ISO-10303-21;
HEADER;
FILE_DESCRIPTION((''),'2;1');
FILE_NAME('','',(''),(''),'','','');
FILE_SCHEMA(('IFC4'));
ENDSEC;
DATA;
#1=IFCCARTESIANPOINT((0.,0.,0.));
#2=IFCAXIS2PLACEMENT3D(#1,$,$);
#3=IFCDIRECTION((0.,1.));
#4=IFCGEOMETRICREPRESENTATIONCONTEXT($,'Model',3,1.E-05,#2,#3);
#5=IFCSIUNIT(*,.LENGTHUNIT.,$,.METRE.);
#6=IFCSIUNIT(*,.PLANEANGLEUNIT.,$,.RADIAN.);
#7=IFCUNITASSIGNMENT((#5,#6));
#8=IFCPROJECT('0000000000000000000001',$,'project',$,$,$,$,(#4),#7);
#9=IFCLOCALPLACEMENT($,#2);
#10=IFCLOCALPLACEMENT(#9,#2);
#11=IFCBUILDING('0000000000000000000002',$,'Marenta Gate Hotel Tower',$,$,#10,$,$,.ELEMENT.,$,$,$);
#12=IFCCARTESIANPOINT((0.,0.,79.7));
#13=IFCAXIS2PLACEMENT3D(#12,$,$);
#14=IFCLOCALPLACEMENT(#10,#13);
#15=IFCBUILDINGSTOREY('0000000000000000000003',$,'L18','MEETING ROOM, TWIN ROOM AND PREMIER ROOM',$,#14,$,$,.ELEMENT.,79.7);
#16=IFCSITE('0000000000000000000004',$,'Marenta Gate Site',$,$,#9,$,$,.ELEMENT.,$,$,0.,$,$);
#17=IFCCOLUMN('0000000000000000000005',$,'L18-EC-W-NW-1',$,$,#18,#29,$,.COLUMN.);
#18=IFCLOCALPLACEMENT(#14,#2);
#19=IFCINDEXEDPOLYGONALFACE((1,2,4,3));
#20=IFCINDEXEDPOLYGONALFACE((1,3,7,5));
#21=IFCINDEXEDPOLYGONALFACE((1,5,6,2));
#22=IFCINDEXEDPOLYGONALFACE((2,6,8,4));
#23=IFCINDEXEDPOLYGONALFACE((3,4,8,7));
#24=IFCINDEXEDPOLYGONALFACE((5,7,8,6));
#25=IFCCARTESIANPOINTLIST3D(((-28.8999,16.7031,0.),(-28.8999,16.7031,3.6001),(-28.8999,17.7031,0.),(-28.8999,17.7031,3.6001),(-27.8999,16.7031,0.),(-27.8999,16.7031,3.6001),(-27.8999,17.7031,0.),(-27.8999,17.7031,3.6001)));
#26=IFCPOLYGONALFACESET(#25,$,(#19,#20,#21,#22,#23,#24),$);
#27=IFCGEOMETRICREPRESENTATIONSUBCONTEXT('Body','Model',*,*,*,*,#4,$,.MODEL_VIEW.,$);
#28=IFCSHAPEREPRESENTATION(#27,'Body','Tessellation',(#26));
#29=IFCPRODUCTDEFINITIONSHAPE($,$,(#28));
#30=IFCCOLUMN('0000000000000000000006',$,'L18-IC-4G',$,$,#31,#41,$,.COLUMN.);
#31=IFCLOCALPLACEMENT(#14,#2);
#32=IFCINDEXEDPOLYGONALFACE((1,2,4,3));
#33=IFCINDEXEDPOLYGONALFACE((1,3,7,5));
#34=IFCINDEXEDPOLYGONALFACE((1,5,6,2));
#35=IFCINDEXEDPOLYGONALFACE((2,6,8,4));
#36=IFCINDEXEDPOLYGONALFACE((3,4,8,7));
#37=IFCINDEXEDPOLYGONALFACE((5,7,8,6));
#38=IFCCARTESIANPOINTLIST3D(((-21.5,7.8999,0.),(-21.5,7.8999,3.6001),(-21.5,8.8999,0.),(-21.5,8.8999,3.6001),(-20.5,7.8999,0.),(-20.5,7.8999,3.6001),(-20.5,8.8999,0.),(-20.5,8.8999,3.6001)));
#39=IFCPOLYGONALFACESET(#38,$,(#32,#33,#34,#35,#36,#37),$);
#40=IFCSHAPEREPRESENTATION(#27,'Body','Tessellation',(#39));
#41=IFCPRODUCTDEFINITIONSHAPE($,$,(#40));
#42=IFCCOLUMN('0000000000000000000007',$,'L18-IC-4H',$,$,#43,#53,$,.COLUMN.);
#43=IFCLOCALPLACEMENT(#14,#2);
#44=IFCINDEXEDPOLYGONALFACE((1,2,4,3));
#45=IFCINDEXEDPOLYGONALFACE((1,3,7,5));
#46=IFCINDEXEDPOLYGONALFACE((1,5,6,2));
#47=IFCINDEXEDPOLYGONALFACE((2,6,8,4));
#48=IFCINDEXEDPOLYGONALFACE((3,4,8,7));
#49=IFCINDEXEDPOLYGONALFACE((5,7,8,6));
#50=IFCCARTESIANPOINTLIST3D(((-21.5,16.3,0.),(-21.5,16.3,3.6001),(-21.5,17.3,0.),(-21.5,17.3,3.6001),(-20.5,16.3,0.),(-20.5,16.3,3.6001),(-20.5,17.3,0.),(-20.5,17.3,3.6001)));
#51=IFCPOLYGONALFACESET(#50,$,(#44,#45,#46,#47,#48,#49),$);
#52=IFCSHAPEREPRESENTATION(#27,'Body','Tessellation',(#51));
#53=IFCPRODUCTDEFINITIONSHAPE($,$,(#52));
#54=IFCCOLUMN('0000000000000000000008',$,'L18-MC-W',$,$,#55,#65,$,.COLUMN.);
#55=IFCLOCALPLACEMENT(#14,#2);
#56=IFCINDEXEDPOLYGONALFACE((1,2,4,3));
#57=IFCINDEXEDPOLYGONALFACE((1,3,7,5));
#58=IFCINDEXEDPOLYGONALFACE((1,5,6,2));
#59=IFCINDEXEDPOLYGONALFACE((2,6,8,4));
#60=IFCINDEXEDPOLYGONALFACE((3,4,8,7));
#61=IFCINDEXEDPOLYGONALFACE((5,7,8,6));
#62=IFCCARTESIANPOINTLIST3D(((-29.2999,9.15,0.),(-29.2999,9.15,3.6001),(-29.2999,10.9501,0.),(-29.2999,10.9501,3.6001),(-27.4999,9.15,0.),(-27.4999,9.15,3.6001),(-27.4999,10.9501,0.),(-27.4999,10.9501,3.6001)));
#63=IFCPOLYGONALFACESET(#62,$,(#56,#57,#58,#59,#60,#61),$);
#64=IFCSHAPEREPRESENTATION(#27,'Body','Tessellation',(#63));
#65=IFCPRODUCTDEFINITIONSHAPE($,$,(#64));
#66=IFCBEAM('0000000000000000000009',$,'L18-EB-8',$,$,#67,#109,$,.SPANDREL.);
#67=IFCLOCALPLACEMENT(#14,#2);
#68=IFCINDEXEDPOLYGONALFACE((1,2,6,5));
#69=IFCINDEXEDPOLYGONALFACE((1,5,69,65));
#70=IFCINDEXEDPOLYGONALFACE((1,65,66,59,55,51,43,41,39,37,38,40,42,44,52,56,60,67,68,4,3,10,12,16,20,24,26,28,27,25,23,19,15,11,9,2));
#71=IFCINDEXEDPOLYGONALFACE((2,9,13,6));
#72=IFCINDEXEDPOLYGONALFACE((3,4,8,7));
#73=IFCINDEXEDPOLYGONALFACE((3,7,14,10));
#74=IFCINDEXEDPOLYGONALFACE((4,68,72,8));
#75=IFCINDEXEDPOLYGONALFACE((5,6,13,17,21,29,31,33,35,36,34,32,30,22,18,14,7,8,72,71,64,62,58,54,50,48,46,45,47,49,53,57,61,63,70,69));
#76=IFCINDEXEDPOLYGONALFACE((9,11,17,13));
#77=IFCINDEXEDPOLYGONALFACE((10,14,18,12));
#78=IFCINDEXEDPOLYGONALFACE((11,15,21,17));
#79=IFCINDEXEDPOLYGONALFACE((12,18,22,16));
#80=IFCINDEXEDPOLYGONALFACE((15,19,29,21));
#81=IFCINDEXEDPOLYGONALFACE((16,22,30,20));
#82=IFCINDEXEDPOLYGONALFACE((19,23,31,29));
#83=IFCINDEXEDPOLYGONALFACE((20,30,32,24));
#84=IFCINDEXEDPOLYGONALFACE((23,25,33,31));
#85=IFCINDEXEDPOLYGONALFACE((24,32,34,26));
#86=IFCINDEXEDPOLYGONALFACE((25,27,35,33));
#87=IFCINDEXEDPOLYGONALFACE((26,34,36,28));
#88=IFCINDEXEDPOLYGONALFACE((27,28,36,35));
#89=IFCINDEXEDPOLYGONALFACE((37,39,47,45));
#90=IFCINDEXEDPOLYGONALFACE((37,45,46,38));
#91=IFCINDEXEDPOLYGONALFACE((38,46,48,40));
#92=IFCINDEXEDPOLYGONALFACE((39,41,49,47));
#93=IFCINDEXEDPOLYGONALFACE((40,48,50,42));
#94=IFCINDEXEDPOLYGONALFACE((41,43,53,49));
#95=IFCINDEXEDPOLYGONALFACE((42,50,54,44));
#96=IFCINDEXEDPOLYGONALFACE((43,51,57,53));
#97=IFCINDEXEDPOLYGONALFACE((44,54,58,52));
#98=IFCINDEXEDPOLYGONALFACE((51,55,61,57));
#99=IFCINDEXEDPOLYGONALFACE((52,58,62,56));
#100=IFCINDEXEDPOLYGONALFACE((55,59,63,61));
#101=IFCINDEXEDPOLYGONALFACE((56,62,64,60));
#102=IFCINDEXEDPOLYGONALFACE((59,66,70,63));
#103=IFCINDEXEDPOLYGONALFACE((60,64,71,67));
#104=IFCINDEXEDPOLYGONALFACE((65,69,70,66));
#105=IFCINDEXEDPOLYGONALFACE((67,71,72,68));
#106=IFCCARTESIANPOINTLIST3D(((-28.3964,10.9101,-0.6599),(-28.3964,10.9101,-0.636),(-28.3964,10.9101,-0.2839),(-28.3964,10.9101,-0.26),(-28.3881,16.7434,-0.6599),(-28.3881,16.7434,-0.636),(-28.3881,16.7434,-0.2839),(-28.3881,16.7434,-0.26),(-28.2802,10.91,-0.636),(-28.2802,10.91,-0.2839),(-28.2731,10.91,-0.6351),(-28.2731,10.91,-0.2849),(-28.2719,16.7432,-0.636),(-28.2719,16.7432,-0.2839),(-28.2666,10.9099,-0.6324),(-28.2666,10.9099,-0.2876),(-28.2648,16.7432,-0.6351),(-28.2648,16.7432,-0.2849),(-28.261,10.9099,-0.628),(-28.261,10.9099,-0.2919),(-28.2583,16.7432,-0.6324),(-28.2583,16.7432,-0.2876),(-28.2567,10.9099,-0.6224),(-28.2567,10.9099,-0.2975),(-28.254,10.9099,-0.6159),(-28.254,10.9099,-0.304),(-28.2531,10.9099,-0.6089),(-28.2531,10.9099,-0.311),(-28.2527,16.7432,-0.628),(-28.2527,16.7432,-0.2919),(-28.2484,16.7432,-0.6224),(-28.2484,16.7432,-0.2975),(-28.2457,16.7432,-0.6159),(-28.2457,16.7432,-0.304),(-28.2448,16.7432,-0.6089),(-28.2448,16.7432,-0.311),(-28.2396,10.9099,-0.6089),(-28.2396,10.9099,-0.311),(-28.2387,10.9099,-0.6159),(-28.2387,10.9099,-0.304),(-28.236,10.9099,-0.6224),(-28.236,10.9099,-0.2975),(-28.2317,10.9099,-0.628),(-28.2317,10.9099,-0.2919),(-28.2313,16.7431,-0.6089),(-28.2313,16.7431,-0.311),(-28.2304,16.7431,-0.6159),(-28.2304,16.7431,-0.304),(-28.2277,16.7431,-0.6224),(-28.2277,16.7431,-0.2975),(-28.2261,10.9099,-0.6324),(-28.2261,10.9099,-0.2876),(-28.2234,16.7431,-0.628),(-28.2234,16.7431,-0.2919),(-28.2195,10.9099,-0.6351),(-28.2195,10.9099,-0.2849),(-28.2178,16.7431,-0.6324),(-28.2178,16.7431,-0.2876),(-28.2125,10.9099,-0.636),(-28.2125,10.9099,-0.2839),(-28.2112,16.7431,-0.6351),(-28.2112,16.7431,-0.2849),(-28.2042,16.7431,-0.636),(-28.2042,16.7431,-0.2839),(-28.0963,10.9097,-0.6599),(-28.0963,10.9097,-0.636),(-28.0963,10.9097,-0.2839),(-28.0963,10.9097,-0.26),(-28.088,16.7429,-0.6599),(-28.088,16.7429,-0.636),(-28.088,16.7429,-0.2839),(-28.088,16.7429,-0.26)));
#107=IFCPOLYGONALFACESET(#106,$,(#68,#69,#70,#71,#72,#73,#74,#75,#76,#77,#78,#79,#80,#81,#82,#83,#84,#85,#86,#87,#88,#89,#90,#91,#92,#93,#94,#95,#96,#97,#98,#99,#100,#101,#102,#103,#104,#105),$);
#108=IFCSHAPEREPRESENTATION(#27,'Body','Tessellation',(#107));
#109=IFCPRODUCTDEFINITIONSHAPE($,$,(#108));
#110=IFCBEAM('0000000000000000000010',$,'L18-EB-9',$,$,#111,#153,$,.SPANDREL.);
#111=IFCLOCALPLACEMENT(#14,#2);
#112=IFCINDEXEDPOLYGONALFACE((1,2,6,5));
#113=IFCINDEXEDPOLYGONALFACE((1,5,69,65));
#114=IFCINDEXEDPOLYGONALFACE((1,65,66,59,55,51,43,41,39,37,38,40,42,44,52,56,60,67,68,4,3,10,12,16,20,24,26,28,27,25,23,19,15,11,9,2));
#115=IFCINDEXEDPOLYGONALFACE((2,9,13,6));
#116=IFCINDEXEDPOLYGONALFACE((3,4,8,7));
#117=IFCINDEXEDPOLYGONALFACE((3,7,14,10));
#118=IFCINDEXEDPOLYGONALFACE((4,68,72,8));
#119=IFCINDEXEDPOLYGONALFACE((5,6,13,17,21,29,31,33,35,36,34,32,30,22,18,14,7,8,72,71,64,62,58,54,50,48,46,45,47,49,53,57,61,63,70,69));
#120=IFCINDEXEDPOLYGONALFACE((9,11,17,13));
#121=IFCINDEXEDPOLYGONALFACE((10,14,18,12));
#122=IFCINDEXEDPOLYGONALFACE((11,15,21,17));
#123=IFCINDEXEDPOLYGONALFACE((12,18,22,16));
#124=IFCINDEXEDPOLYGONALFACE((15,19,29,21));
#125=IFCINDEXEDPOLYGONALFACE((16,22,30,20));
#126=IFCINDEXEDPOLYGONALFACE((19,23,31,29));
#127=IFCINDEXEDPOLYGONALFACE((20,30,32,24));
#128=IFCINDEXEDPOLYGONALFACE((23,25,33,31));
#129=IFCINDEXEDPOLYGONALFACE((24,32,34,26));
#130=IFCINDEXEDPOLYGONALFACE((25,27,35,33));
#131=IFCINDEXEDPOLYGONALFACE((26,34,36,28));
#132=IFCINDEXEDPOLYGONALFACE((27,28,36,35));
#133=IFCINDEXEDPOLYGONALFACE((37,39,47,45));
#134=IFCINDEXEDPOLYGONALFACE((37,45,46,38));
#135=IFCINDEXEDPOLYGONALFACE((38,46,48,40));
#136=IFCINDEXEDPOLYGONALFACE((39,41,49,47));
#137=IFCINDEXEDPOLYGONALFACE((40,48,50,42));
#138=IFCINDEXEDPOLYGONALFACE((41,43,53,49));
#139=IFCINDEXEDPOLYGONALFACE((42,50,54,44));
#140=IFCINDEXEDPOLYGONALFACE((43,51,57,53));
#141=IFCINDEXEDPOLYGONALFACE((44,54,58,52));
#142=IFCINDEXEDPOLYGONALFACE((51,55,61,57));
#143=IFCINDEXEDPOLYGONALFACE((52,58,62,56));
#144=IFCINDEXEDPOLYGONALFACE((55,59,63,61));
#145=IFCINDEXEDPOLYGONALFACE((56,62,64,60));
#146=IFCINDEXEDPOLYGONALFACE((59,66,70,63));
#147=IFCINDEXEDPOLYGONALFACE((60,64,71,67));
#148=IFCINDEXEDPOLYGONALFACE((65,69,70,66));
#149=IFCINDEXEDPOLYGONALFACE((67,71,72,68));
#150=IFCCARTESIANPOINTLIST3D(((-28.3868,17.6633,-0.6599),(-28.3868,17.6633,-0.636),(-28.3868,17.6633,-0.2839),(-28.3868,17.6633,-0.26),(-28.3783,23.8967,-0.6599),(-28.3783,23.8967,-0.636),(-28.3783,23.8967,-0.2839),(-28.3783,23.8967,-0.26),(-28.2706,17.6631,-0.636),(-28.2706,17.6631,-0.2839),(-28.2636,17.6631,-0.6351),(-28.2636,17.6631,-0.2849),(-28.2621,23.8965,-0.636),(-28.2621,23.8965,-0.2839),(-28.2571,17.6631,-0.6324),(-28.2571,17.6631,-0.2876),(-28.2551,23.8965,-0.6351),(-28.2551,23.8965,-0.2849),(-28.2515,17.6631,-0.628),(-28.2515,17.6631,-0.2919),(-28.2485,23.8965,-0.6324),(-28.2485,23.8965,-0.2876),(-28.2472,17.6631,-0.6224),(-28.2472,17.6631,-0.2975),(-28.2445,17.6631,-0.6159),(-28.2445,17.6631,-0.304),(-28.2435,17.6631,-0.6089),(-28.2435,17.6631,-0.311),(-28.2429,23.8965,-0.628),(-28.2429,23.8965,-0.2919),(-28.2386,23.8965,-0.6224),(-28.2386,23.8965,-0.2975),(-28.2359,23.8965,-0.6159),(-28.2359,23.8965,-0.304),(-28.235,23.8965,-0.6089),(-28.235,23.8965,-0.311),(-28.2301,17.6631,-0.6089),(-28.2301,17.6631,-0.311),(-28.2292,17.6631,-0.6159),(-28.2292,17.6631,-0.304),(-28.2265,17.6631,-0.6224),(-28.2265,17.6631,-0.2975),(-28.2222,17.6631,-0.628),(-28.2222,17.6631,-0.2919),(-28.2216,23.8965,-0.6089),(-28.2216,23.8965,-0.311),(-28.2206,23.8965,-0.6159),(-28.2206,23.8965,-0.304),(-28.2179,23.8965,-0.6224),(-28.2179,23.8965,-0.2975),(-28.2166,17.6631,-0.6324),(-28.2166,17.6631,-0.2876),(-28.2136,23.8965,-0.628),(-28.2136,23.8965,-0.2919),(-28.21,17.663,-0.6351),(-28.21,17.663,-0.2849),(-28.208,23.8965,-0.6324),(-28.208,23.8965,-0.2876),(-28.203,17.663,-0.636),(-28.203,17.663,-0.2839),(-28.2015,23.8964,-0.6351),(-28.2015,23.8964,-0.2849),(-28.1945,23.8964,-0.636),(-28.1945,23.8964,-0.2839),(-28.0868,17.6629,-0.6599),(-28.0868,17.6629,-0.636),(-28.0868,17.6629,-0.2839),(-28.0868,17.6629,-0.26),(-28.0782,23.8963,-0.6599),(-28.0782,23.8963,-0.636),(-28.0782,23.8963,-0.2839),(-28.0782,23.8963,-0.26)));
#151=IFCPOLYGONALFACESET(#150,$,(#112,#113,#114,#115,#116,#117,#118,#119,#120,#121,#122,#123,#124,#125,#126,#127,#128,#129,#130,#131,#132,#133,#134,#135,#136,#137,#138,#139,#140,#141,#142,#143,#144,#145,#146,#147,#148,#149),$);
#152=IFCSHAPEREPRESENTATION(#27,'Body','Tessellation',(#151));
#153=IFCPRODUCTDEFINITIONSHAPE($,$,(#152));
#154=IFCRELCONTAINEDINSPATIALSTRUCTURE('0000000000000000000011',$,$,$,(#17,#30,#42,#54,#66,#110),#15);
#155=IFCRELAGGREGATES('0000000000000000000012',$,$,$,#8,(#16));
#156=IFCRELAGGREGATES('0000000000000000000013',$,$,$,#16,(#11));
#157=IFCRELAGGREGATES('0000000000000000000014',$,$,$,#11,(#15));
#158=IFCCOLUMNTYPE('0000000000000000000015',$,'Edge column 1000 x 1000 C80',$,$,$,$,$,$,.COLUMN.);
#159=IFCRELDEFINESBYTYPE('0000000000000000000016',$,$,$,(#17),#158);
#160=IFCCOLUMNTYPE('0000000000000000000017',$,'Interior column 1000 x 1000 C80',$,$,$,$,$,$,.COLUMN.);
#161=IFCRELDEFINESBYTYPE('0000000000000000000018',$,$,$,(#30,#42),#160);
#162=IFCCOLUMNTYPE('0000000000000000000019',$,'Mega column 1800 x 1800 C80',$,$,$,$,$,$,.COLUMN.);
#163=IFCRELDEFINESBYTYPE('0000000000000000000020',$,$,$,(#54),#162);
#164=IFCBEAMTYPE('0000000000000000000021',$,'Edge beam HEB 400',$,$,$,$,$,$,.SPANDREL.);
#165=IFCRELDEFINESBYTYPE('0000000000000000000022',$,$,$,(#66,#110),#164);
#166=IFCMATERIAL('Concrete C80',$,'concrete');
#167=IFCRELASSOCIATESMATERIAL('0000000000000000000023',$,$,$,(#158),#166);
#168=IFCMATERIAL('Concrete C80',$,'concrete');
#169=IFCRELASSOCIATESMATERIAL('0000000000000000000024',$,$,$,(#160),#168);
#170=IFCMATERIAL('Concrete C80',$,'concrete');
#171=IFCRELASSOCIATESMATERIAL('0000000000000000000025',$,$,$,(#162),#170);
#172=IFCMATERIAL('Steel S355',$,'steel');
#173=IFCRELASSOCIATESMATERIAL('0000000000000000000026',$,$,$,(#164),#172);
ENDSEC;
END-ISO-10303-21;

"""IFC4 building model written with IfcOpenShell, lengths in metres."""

from ifc_helpers import new_model, si_unit, direction, frame, origin, origin_2d, place, context, subcontext, project, spatial, rectangle, i_section, extrude, material, material_profile, profile_set, type_object, element, save


model = new_model("IFC4")

# Units and contexts
model_context = context("Model", 3, precision=1e-05, world=origin(), true_north=direction((0.0, 1.0)))
body_context = subcontext(model_context, "Body", "Model", "MODEL_VIEW")
ifc_project = project(units=[si_unit("LENGTHUNIT", "METRE"), si_unit("PLANEANGLEUNIT", "RADIAN")], contexts=[model_context])

# Site, building, storey
site_placement = place(None, origin())
site = spatial("IfcSite", under=ifc_project, at=site_placement, Name="Marenta Gate Site", CompositionType="ELEMENT", RefElevation=0.0)
building_placement = place(site_placement, origin())
building = spatial("IfcBuilding", under=site, at=building_placement, Name="Marenta Gate Hotel Tower", CompositionType="ELEMENT")
storey_placement = place(building_placement, frame((0.0, 0.0, 79.7)))
storey = spatial("IfcBuildingStorey", under=building, at=storey_placement, Name="L18", Description="MEETING ROOM, TWIN ROOM AND PREMIER ROOM", CompositionType="ELEMENT", Elevation=79.7)

# Columns
ifc_material_1 = material(Name="Concrete C80", Category="concrete")
ifc_material_profile_1 = material_profile(ifc_material_1, rectangle(XDim=1.0, YDim=1.0, at=origin_2d()), Name="1000 x 1000")
ifc_profile_set_1 = profile_set([ifc_material_profile_1], Name="Concrete C80")
column_type_1 = type_object("IfcColumnType", Name="Edge column 1000 x 1000 C80", PredefinedType="COLUMN", material=ifc_profile_set_1)
column_1_placement = place(storey_placement, frame((-28.3999, 17.2031, 0.0), z_axis=(0.0, 0.0, 1.0), x_axis=(1.0, 0.0, 0.0)))
element("IfcColumn", 1, at=column_1_placement, inside=storey, type_object=column_type_1, Name="L18-EC-W-NW-1", PredefinedType="COLUMN", context=body_context, shape_type="SweptSolid", body=[
    extrude(rectangle(XDim=1.0, YDim=1.0, at=origin_2d()), origin(), (0.0, 0.0, 1.0), 3.6001),
])
ifc_material_2 = material(Name="Concrete C80", Category="concrete")
ifc_material_profile_2 = material_profile(ifc_material_2, rectangle(XDim=1.0, YDim=1.0, at=origin_2d()), Name="1000 x 1000")
ifc_profile_set_2 = profile_set([ifc_material_profile_2], Name="Concrete C80")
column_type_2 = type_object("IfcColumnType", Name="Interior column 1000 x 1000 C80", PredefinedType="COLUMN", material=ifc_profile_set_2)
for number, where, z_axis, x_axis, name in (
    (2, (-21.0, 8.3999, 0.0), (0.0, 0.0, 1.0), (1.0, 0.0, 0.0), "L18-IC-4G"),
    (3, (-21.0, 16.8, 0.0), (0.0, 0.0, 1.0), (1.0, 0.0, 0.0), "L18-IC-4H"),
):
    element("IfcColumn", number, at=place(storey_placement, frame(where, z_axis=z_axis, x_axis=x_axis)), inside=storey, type_object=column_type_2, Name=name, PredefinedType="COLUMN", context=body_context, shape_type="SweptSolid", body=[
        extrude(rectangle(XDim=1.0, YDim=1.0, at=origin_2d()), origin(), (0.0, 0.0, 1.0), 3.6001),
    ])
ifc_material_3 = material(Name="Concrete C80", Category="concrete")
ifc_material_profile_3 = material_profile(ifc_material_3, rectangle(XDim=1.8, YDim=1.8, at=origin_2d()), Name="1800 x 1800")
ifc_profile_set_3 = profile_set([ifc_material_profile_3], Name="Concrete C80")
column_type_3 = type_object("IfcColumnType", Name="Mega column 1800 x 1800 C80", PredefinedType="COLUMN", material=ifc_profile_set_3)
column_2_placement = place(storey_placement, frame((-28.3999, 10.05, 0.0), z_axis=(0.0, 0.0, 1.0), x_axis=(1.0, 0.0, 0.0)))
element("IfcColumn", 4, at=column_2_placement, inside=storey, type_object=column_type_3, Name="L18-MC-W", PredefinedType="COLUMN", context=body_context, shape_type="SweptSolid", body=[
    extrude(rectangle(XDim=1.8, YDim=1.8, at=origin_2d()), origin(), (0.0, 0.0, 1.0), 3.6001),
])

# Beams
ifc_material_4 = material(Name="Steel S355", Category="steel")
ifc_material_profile_4 = material_profile(ifc_material_4, i_section(OverallWidth=0.3, OverallDepth=0.3999, WebThickness=0.0134, FlangeThickness=0.0239, FilletRadius=0.0271, at=origin_2d()), Name="HEB 400")
ifc_profile_set_4 = profile_set([ifc_material_profile_4], Name="Steel S355")
beam_type_1 = type_object("IfcBeamType", Name="Edge beam HEB 400", PredefinedType="SPANDREL", material=ifc_profile_set_4)
beam_1_placement = place(storey_placement, frame((-28.2463, 10.9099, -0.46), z_axis=(0.001423, 0.999999, 0.0), x_axis=(-0.999999, 0.001423, 0.0)))
element("IfcBeam", 5, at=beam_1_placement, inside=storey, type_object=beam_type_1, Name="L18-EB-8", PredefinedType="SPANDREL", context=body_context, shape_type="SweptSolid", body=[
    extrude(i_section(OverallWidth=0.3, OverallDepth=0.3999, WebThickness=0.0134, FlangeThickness=0.0239, FilletRadius=0.0271, at=origin_2d()), origin(), (0.0, 0.0, 1.0), 5.8333),
])
beam_2_placement = place(storey_placement, frame((-28.2368, 17.6631, -0.46), z_axis=(0.001371, 0.999999, 0.0), x_axis=(-0.999999, 0.001371, 0.0)))
element("IfcBeam", 6, at=beam_2_placement, inside=storey, type_object=beam_type_1, Name="L18-EB-9", PredefinedType="SPANDREL", context=body_context, shape_type="SweptSolid", body=[
    extrude(i_section(OverallWidth=0.3, OverallDepth=0.3999, WebThickness=0.0134, FlangeThickness=0.0239, FilletRadius=0.0271, at=origin_2d()), origin(), (0.0, 0.0, 1.0), 6.2334),
])

save(model, "model.ifc")
